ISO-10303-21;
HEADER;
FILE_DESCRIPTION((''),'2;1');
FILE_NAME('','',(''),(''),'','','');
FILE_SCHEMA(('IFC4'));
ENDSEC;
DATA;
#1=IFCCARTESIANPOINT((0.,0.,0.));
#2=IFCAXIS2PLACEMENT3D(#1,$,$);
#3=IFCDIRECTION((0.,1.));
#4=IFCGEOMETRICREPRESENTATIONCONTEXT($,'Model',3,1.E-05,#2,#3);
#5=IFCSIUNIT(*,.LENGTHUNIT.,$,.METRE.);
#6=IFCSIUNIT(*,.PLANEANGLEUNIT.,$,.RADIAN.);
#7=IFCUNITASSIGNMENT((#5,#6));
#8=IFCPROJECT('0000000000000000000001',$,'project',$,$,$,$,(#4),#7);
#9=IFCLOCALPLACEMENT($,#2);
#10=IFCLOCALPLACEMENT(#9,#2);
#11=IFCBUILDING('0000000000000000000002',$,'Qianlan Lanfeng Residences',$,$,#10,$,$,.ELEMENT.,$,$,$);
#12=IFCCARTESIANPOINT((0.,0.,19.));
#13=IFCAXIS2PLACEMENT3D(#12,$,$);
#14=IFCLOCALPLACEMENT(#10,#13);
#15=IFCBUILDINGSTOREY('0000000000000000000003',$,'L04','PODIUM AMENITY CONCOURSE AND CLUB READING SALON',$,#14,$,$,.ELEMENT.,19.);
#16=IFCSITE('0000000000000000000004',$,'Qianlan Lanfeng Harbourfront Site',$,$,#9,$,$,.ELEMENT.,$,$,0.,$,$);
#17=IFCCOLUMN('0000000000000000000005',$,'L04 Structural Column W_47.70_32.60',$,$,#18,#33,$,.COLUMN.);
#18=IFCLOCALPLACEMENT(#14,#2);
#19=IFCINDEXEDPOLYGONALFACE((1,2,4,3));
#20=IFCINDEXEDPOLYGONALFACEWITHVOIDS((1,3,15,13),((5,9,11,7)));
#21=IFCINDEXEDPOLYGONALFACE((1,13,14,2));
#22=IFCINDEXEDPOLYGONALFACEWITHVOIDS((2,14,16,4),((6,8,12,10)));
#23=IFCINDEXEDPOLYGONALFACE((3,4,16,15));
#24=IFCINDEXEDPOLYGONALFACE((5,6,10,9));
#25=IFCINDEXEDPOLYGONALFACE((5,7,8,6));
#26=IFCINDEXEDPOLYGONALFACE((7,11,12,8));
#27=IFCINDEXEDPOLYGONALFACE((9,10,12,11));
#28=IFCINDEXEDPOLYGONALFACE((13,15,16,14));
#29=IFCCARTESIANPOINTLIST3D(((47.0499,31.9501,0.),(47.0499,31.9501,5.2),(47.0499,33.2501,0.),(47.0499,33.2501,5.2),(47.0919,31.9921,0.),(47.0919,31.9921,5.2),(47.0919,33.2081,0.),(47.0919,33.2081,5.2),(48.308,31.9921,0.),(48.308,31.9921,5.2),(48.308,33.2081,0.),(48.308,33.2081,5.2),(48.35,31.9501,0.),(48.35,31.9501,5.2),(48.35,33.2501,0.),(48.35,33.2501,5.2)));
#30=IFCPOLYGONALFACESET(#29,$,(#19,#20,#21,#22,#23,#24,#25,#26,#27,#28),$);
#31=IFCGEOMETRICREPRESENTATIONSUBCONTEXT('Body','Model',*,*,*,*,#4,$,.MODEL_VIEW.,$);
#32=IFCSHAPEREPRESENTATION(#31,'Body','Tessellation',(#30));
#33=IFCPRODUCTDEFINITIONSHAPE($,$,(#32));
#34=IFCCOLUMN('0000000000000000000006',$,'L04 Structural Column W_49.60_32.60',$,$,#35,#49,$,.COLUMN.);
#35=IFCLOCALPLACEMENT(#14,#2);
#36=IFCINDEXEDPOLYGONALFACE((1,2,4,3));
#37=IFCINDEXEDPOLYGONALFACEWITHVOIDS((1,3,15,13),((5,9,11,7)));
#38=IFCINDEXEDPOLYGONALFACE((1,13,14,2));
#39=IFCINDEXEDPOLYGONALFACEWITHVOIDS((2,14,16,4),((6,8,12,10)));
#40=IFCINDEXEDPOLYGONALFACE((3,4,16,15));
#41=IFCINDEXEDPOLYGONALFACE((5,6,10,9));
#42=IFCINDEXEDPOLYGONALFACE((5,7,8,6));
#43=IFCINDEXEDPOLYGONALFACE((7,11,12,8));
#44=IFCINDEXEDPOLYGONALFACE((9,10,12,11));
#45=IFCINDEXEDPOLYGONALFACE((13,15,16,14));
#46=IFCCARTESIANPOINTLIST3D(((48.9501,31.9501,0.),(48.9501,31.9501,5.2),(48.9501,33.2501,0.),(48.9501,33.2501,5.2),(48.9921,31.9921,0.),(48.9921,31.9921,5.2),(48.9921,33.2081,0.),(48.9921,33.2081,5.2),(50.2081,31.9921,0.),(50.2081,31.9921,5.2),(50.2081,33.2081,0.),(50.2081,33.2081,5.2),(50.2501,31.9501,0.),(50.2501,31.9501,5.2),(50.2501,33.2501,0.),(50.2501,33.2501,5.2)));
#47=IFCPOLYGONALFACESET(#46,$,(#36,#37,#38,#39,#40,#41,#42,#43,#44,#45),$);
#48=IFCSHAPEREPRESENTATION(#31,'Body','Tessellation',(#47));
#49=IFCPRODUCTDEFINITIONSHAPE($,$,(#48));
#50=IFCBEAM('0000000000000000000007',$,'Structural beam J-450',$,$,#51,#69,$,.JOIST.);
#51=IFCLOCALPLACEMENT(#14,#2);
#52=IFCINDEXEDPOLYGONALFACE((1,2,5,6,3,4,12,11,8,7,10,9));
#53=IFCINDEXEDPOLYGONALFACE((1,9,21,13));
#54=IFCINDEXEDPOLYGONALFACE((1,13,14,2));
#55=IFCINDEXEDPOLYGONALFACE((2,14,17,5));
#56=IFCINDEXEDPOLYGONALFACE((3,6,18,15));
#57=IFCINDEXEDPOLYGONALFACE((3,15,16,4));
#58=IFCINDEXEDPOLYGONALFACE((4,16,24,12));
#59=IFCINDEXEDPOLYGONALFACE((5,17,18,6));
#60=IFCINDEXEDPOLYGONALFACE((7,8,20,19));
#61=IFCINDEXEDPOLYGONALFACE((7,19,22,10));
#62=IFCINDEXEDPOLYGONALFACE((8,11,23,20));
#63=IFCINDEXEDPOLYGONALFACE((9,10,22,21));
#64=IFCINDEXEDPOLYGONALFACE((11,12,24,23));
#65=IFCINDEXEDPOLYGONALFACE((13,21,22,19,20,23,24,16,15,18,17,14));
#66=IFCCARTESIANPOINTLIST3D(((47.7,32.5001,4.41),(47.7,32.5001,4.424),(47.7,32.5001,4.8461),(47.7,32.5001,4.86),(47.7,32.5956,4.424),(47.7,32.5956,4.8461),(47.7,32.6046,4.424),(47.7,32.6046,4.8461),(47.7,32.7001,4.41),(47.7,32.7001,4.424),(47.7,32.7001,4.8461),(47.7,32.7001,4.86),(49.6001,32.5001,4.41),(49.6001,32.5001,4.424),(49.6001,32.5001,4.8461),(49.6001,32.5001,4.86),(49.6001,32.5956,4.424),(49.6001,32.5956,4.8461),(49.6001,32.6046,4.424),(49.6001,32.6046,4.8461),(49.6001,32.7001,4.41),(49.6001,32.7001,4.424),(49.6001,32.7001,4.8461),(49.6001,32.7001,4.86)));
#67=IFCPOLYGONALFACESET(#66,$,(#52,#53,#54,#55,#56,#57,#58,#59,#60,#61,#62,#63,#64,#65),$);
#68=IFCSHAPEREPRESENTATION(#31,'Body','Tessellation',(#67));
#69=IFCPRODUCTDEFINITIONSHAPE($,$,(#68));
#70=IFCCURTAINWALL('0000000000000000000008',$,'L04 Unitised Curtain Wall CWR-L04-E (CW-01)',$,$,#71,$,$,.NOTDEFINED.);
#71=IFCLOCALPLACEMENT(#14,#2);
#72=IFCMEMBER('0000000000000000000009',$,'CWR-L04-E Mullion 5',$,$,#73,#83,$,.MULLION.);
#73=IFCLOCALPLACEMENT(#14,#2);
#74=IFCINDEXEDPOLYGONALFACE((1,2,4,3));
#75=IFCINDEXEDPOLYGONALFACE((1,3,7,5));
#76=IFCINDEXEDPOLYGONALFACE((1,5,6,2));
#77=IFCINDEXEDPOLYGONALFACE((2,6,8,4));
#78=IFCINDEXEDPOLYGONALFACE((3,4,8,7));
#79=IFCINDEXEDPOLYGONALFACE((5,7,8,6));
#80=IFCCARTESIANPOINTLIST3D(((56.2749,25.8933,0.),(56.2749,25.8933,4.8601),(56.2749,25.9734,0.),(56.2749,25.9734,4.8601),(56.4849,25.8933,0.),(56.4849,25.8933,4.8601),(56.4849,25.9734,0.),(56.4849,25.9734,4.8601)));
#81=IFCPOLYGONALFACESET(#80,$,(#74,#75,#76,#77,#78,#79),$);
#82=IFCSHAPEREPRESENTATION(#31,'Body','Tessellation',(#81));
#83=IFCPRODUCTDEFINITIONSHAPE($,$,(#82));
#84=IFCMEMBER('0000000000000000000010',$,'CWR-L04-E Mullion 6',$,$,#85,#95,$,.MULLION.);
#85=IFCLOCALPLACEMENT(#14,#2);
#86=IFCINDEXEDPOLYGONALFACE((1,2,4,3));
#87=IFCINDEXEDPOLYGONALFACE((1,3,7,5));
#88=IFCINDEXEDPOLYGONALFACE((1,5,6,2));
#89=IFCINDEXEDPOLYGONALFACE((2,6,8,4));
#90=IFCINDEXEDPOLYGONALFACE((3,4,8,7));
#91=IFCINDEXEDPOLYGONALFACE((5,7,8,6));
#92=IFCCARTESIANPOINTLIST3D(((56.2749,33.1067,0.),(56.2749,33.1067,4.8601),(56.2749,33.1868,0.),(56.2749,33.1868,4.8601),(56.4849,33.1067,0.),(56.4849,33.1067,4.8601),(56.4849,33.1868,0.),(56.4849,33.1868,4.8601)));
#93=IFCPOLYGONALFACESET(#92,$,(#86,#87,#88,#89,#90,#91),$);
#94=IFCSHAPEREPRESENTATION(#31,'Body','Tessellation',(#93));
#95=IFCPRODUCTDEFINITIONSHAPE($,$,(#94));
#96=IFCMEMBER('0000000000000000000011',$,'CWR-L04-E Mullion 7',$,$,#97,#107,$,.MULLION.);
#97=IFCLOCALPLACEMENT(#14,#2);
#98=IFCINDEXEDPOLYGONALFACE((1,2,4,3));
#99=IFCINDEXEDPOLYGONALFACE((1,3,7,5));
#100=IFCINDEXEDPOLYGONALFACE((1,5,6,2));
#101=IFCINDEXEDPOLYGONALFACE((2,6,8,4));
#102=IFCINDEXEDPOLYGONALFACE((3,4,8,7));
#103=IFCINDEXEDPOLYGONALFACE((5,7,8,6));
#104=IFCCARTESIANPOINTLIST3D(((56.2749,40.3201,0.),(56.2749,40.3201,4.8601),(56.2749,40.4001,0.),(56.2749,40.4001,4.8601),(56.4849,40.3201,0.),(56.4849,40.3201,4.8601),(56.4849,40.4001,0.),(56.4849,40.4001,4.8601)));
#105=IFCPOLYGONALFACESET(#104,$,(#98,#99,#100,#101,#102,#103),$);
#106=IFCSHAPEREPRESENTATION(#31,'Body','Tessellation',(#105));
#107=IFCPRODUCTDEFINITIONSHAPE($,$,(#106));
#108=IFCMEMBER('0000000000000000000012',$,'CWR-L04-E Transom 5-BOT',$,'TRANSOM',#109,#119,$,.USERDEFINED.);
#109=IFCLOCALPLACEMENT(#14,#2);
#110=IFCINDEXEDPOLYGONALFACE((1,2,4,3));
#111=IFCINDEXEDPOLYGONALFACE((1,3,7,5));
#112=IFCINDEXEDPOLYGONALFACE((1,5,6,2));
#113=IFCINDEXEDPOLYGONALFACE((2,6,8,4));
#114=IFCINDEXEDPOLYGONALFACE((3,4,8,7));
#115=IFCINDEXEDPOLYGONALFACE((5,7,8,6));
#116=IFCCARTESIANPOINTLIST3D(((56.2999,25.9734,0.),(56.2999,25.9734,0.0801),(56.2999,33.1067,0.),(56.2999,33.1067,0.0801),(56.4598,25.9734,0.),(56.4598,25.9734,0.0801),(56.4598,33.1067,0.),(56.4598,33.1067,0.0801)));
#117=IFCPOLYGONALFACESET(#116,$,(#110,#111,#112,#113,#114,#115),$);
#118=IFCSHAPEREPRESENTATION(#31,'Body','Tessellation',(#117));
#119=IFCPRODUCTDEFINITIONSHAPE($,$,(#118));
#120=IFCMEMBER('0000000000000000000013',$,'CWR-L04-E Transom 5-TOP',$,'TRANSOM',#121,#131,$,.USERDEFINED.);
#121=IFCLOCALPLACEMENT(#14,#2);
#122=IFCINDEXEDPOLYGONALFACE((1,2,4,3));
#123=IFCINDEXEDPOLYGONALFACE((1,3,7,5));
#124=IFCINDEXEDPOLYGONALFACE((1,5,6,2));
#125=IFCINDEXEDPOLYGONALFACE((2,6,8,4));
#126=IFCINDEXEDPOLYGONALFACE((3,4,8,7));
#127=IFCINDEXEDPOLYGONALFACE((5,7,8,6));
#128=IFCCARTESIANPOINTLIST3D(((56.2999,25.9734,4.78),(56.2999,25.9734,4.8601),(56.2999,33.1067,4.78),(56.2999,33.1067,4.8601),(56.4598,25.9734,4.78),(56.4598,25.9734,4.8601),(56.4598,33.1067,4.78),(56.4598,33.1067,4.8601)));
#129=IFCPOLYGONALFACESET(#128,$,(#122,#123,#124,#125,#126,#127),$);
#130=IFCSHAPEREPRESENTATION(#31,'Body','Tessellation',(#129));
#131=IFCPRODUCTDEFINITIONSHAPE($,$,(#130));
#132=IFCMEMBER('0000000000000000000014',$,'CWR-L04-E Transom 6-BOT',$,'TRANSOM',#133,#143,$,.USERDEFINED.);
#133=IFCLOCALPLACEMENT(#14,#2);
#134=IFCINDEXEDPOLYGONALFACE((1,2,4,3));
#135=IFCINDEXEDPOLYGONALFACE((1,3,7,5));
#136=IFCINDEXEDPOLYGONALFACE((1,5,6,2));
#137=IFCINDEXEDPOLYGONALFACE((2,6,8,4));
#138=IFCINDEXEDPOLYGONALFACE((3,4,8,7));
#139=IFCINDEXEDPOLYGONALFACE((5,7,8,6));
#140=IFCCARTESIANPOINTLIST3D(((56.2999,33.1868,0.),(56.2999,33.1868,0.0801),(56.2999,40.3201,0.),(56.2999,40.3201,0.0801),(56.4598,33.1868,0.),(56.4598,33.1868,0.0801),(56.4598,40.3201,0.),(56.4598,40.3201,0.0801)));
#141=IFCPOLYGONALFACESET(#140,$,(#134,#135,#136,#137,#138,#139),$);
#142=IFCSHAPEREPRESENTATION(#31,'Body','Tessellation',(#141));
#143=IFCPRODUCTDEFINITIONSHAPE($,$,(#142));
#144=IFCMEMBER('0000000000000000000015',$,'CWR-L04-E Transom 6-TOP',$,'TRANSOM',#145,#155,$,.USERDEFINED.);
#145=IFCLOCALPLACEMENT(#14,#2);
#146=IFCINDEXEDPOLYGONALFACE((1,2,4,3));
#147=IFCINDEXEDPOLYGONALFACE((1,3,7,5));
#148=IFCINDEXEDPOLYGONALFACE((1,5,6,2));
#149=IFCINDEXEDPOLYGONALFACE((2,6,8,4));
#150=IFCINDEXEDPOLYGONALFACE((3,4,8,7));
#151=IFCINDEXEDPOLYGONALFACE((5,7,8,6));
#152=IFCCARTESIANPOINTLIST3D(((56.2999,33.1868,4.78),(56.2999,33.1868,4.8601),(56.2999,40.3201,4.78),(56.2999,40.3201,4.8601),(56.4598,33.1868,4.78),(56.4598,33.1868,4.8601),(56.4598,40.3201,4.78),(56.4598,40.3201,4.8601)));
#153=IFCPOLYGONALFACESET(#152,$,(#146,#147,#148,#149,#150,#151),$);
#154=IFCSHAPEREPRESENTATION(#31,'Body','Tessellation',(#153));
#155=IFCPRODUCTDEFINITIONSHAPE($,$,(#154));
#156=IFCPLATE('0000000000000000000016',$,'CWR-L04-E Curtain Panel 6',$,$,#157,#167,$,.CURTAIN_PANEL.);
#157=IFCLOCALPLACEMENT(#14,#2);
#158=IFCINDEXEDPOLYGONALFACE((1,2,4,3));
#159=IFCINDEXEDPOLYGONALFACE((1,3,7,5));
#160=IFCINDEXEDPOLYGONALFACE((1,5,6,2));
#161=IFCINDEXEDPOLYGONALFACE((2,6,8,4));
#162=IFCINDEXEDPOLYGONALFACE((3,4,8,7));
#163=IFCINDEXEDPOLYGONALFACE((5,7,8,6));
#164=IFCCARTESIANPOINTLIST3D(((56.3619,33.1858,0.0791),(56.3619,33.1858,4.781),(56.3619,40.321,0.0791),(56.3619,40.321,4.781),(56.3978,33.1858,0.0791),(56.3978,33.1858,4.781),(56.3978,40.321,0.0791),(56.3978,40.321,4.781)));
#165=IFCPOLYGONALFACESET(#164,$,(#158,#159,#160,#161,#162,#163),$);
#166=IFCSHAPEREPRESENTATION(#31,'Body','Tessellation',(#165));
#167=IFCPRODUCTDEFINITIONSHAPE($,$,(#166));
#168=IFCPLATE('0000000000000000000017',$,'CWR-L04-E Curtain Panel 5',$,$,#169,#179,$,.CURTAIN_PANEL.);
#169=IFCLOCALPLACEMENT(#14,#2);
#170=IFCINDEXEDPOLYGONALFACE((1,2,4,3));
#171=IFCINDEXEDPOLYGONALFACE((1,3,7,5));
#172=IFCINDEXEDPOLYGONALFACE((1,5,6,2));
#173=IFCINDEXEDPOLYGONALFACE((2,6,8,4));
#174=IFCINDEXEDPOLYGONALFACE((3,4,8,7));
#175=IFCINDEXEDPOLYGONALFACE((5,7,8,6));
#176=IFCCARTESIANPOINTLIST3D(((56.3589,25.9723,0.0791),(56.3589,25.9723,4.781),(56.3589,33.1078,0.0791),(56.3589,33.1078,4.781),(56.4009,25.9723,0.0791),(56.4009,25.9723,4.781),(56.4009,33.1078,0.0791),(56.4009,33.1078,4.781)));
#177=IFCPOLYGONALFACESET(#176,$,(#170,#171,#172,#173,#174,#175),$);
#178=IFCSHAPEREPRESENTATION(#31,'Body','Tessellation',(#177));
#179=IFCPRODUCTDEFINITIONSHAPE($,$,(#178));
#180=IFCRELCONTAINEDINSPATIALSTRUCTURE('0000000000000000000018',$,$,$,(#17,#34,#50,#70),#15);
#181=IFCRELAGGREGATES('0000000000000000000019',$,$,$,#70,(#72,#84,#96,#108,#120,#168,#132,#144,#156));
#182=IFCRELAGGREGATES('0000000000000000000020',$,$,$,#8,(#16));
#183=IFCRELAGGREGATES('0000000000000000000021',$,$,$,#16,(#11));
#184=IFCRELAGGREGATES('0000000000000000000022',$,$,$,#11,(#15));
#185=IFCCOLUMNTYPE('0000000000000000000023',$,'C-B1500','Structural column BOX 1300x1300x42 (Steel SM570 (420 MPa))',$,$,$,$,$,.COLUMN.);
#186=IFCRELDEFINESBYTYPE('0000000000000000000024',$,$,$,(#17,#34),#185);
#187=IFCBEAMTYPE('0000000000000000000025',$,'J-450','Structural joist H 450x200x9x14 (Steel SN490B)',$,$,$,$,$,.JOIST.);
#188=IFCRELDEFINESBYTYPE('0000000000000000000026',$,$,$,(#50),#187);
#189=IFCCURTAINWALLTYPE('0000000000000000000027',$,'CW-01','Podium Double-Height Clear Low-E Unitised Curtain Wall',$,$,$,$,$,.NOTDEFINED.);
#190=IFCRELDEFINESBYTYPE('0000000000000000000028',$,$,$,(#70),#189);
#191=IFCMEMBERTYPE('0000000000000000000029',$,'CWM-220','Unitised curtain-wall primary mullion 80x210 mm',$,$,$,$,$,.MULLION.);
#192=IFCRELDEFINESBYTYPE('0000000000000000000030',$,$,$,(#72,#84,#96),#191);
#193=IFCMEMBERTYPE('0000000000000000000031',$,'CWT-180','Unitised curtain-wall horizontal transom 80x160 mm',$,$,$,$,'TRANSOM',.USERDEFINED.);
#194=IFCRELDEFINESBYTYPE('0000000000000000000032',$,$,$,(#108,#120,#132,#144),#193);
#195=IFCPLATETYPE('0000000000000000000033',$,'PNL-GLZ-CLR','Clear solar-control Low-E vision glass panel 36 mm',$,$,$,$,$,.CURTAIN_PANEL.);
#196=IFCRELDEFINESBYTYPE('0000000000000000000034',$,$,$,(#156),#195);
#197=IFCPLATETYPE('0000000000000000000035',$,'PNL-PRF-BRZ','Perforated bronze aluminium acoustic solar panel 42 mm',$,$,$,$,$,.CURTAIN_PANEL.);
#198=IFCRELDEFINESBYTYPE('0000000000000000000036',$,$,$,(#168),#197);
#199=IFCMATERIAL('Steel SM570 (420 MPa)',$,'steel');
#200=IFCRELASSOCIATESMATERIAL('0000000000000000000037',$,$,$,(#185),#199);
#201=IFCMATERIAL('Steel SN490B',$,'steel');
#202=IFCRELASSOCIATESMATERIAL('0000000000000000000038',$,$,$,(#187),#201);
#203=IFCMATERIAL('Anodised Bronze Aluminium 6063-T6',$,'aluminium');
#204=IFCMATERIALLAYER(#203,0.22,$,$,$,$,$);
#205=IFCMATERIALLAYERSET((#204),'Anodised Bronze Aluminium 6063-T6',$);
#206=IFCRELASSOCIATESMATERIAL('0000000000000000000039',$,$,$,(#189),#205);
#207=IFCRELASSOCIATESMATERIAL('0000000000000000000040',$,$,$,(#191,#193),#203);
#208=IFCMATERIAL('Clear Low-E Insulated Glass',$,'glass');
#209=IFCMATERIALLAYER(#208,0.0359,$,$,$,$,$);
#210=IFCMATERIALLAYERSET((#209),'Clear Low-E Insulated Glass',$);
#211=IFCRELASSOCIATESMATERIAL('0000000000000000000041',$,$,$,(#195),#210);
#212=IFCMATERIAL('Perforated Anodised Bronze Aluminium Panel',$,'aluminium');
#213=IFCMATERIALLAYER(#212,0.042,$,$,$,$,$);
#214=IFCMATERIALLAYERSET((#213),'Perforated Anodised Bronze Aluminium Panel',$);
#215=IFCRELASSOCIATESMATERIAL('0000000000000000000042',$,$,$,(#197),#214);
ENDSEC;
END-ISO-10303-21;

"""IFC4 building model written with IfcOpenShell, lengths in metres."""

from ifc_helpers import new_model, si_unit, direction, frame, origin, origin_2d, place, context, subcontext, project, spatial, rectangle, hollow_rectangle, i_section, extrude, source, transform, mapped, material, layer, layer_set, material_profile, profile_set, type_object, element, aggregate, save


model = new_model("IFC4")

# Units and contexts
model_context = context("Model", 3, precision=1e-05, world=origin(), true_north=direction((0.0, 1.0)))
body_context = subcontext(model_context, "Body", "Model", "MODEL_VIEW")
ifc_project = project(units=[si_unit("LENGTHUNIT", "METRE"), si_unit("PLANEANGLEUNIT", "RADIAN")], contexts=[model_context])

# Site, building, storey
site_placement = place(None, origin())
site = spatial("IfcSite", under=ifc_project, at=site_placement, Name="Qianlan Lanfeng Harbourfront Site", CompositionType="ELEMENT", RefElevation=0.0)
building_placement = place(site_placement, origin())
building = spatial("IfcBuilding", under=site, at=building_placement, Name="Qianlan Lanfeng Residences", CompositionType="ELEMENT")
storey_placement = place(building_placement, frame((0.0, 0.0, 19.0)))
storey = spatial("IfcBuildingStorey", under=building, at=storey_placement, Name="L04", Description="PODIUM AMENITY CONCOURSE AND CLUB READING SALON", CompositionType="ELEMENT", Elevation=19.0)

# Columns
ifc_material_1 = material(Name="Steel SM570 (420 MPa)", Category="steel")
ifc_material_profile_1 = material_profile(ifc_material_1, hollow_rectangle(XDim=1.3, YDim=1.3, WallThickness=0.042, at=origin_2d()), Name="BOX 1300x1300x42")
ifc_profile_set_1 = profile_set([ifc_material_profile_1], Name="Steel SM570 (420 MPa)")
column_type = type_object("IfcColumnType", Name="C-B1500", Description="Structural column BOX 1300x1300x42 (Steel SM570 (420 MPa))", PredefinedType="COLUMN", material=ifc_profile_set_1)
for number, where, z_axis, x_axis, name in (
    (1, (47.7, 32.6001, 0.0), (0.0, 0.0, 1.0), (1.0, 0.0, 0.0), "L04 Structural Column W_47.70_32.60"),
    (2, (49.6001, 32.6001, 0.0), (0.0, 0.0, 1.0), (1.0, 0.0, 0.0), "L04 Structural Column W_49.60_32.60"),
):
    element("IfcColumn", number, at=place(storey_placement, frame(where, z_axis=z_axis, x_axis=x_axis)), inside=storey, type_object=column_type, Name=name, PredefinedType="COLUMN", context=body_context, shape_type="SweptSolid", body=[
        extrude(hollow_rectangle(XDim=1.3, YDim=1.3, WallThickness=0.042, at=origin_2d()), origin(), (0.0, 0.0, 1.0), 5.2),
    ])

# Beam
ifc_material_2 = material(Name="Steel SN490B", Category="steel")
ifc_material_profile_2 = material_profile(ifc_material_2, i_section(OverallWidth=0.2, OverallDepth=0.45, WebThickness=0.009, FlangeThickness=0.0139, at=origin_2d()), Name="H 450x200x9x14")
ifc_profile_set_2 = profile_set([ifc_material_profile_2], Name="Steel SN490B")
beam_type = type_object("IfcBeamType", Name="J-450", Description="Structural joist H 450x200x9x14 (Steel SN490B)", PredefinedType="JOIST", material=ifc_profile_set_2)
beam_placement = place(storey_placement, frame((47.7, 32.6001, 4.635), z_axis=(1.0, 0.0, 0.0), x_axis=(0.0, 1.0, 0.0)))
element("IfcBeam", 3, at=beam_placement, inside=storey, type_object=beam_type, Name="Structural beam J-450", PredefinedType="JOIST", context=body_context, shape_type="SweptSolid", body=[
    extrude(i_section(OverallWidth=0.2, OverallDepth=0.45, WebThickness=0.009, FlangeThickness=0.0139, at=origin_2d()), origin(), (0.0, 0.0, 1.0), 1.9001),
])

# Curtain wall, members, plates
ifc_material_3 = material(Name="Anodised Bronze Aluminium 6063-T6", Category="aluminium")
ifc_layer_1 = layer(ifc_material_3, 0.22)
ifc_layer_set_1 = layer_set([ifc_layer_1], Name="Anodised Bronze Aluminium 6063-T6")
curtain_wall_type = type_object("IfcCurtainWallType", Name="CW-01", Description="Podium Double-Height Clear Low-E Unitised Curtain Wall", PredefinedType="NOTDEFINED", material=ifc_layer_set_1)
curtain_wall_placement = place(storey_placement, origin())
curtain_wall = element("IfcCurtainWall", 4, at=curtain_wall_placement, inside=storey, type_object=curtain_wall_type, Name="L04 Unitised Curtain Wall CWR-L04-E (CW-01)", PredefinedType="NOTDEFINED")
ifc_material_profile_3 = material_profile(ifc_material_3, rectangle(XDim=0.0801, YDim=0.21, at=origin_2d()), Name="ALU MULLION 80x210")
ifc_profile_set_3 = profile_set([ifc_material_profile_3], Name="Anodised Bronze Aluminium 6063-T6")
member_type_1 = type_object("IfcMemberType", Name="CWM-220", Description="Unitised curtain-wall primary mullion 80x210 mm", PredefinedType="MULLION", material=ifc_profile_set_3)
shared_shape_1 = source(origin(), body_context, "Body", "SweptSolid", [
    extrude(rectangle(XDim=0.0801, YDim=0.21, at=origin_2d()), origin(), (0.0, 0.0, 1.0), 4.8601),
])
member_1_placement = place(storey_placement, frame((56.3799, 25.9333, 0.0), z_axis=(0.0, 0.0, 1.0), x_axis=(0.0, 1.0, 0.0)))
member_1 = element("IfcMember", 5, at=member_1_placement, type_object=member_type_1, Name="CWR-L04-E Mullion 5", PredefinedType="MULLION", context=body_context, shape_type="MappedRepresentation", body=[
    mapped(shared_shape_1, transform((0.0, 0.0, 0.0), scale=1.0)),
])
member_2_placement = place(storey_placement, frame((56.3799, 33.1467, 0.0), z_axis=(0.0, 0.0, 1.0), x_axis=(0.0, 1.0, 0.0)))
member_2 = element("IfcMember", 6, at=member_2_placement, type_object=member_type_1, Name="CWR-L04-E Mullion 6", PredefinedType="MULLION", context=body_context, shape_type="MappedRepresentation", body=[
    mapped(shared_shape_1, transform((0.0, 0.0, 0.0), scale=1.0)),
])
member_3_placement = place(storey_placement, frame((56.3799, 40.3601, 0.0), z_axis=(0.0, 0.0, 1.0), x_axis=(0.0, 1.0, 0.0)))
member_3 = element("IfcMember", 7, at=member_3_placement, type_object=member_type_1, Name="CWR-L04-E Mullion 7", PredefinedType="MULLION", context=body_context, shape_type="MappedRepresentation", body=[
    mapped(shared_shape_1, transform((0.0, 0.0, 0.0), scale=1.0)),
])
ifc_material_profile_4 = material_profile(ifc_material_3, rectangle(XDim=0.0801, YDim=0.1599, at=origin_2d()), Name="ALU TRANSOM 80x160")
ifc_profile_set_4 = profile_set([ifc_material_profile_4], Name="Anodised Bronze Aluminium 6063-T6")
member_type_2 = type_object("IfcMemberType", Name="CWT-180", Description="Unitised curtain-wall horizontal transom 80x160 mm", ElementType="TRANSOM", PredefinedType="USERDEFINED", material=ifc_profile_set_4)
shared_shape_2 = source(origin(), body_context, "Body", "SweptSolid", [
    extrude(rectangle(XDim=0.0801, YDim=0.1599, at=origin_2d()), origin(), (0.0, 0.0, 1.0), 7.1333),
])
member_4_placement = place(storey_placement, frame((56.3799, 25.9734, 0.04), z_axis=(0.0, 1.0, 0.0), x_axis=(0.0, 0.0, 1.0)))
member_4 = element("IfcMember", 8, at=member_4_placement, type_object=member_type_2, Name="CWR-L04-E Transom 5-BOT", ObjectType="TRANSOM", PredefinedType="USERDEFINED", context=body_context, shape_type="MappedRepresentation", body=[
    mapped(shared_shape_2, transform((0.0, 0.0, 0.0), scale=1.0)),
])
member_5_placement = place(storey_placement, frame((56.3799, 25.9734, 4.8201), z_axis=(0.0, 1.0, 0.0), x_axis=(0.0, 0.0, 1.0)))
member_5 = element("IfcMember", 9, at=member_5_placement, type_object=member_type_2, Name="CWR-L04-E Transom 5-TOP", ObjectType="TRANSOM", PredefinedType="USERDEFINED", context=body_context, shape_type="MappedRepresentation", body=[
    mapped(shared_shape_2, transform((0.0, 0.0, 0.0), scale=1.0)),
])
member_6_placement = place(storey_placement, frame((56.3799, 33.1868, 0.04), z_axis=(0.0, 1.0, 0.0), x_axis=(0.0, 0.0, 1.0)))
member_6 = element("IfcMember", 10, at=member_6_placement, type_object=member_type_2, Name="CWR-L04-E Transom 6-BOT", ObjectType="TRANSOM", PredefinedType="USERDEFINED", context=body_context, shape_type="MappedRepresentation", body=[
    mapped(shared_shape_2, transform((0.0, 0.0, 0.0), scale=1.0)),
])
member_7_placement = place(storey_placement, frame((56.3799, 33.1868, 4.8201), z_axis=(0.0, 1.0, 0.0), x_axis=(0.0, 0.0, 1.0)))
member_7 = element("IfcMember", 11, at=member_7_placement, type_object=member_type_2, Name="CWR-L04-E Transom 6-TOP", ObjectType="TRANSOM", PredefinedType="USERDEFINED", context=body_context, shape_type="MappedRepresentation", body=[
    mapped(shared_shape_2, transform((0.0, 0.0, 0.0), scale=1.0)),
])
ifc_material_4 = material(Name="Clear Low-E Insulated Glass", Category="glass")
ifc_layer_2 = layer(ifc_material_4, 0.0359)
ifc_layer_set_2 = layer_set([ifc_layer_2], Name="Clear Low-E Insulated Glass")
plate_type_1 = type_object("IfcPlateType", Name="PNL-GLZ-CLR", Description="Clear solar-control Low-E vision glass panel 36 mm", PredefinedType="CURTAIN_PANEL", material=ifc_layer_set_2)
shared_shape_3 = source(origin(), body_context, "Body", "SweptSolid", [
    extrude(rectangle(XDim=7.1353, YDim=0.0359, at=origin_2d()), origin(), (0.0, 0.0, 1.0), 4.7019),
])
plate_1_placement = place(storey_placement, frame((56.3799, 36.7534, 0.0791), z_axis=(0.0, 0.0, 1.0), x_axis=(0.0, 1.0, 0.0)))
plate_1 = element("IfcPlate", 12, at=plate_1_placement, type_object=plate_type_1, Name="CWR-L04-E Curtain Panel 6", PredefinedType="CURTAIN_PANEL", context=body_context, shape_type="MappedRepresentation", body=[
    mapped(shared_shape_3, transform((0.0, 0.0, 0.0), scale=1.0)),
])
ifc_material_5 = material(Name="Perforated Anodised Bronze Aluminium Panel", Category="aluminium")
ifc_layer_3 = layer(ifc_material_5, 0.042)
ifc_layer_set_3 = layer_set([ifc_layer_3], Name="Perforated Anodised Bronze Aluminium Panel")
plate_type_2 = type_object("IfcPlateType", Name="PNL-PRF-BRZ", Description="Perforated bronze aluminium acoustic solar panel 42 mm", PredefinedType="CURTAIN_PANEL", material=ifc_layer_set_3)
shared_shape_4 = source(origin(), body_context, "Body", "SweptSolid", [
    extrude(rectangle(XDim=7.1355, YDim=0.042, at=origin_2d()), origin(), (0.0, 0.0, 1.0), 4.7019),
])
plate_2_placement = place(storey_placement, frame((56.3799, 29.54, 0.0791), z_axis=(0.0, 0.0, 1.0), x_axis=(0.0, 1.0, 0.0)))
plate_2 = element("IfcPlate", 13, at=plate_2_placement, type_object=plate_type_2, Name="CWR-L04-E Curtain Panel 5", PredefinedType="CURTAIN_PANEL", context=body_context, shape_type="MappedRepresentation", body=[
    mapped(shared_shape_4, transform((0.0, 0.0, 0.0), scale=1.0)),
])
aggregate(curtain_wall, [member_1, member_2, member_3, member_4, member_5, plate_2, member_6, member_7, plate_1])

save(model, "model.ifc")
